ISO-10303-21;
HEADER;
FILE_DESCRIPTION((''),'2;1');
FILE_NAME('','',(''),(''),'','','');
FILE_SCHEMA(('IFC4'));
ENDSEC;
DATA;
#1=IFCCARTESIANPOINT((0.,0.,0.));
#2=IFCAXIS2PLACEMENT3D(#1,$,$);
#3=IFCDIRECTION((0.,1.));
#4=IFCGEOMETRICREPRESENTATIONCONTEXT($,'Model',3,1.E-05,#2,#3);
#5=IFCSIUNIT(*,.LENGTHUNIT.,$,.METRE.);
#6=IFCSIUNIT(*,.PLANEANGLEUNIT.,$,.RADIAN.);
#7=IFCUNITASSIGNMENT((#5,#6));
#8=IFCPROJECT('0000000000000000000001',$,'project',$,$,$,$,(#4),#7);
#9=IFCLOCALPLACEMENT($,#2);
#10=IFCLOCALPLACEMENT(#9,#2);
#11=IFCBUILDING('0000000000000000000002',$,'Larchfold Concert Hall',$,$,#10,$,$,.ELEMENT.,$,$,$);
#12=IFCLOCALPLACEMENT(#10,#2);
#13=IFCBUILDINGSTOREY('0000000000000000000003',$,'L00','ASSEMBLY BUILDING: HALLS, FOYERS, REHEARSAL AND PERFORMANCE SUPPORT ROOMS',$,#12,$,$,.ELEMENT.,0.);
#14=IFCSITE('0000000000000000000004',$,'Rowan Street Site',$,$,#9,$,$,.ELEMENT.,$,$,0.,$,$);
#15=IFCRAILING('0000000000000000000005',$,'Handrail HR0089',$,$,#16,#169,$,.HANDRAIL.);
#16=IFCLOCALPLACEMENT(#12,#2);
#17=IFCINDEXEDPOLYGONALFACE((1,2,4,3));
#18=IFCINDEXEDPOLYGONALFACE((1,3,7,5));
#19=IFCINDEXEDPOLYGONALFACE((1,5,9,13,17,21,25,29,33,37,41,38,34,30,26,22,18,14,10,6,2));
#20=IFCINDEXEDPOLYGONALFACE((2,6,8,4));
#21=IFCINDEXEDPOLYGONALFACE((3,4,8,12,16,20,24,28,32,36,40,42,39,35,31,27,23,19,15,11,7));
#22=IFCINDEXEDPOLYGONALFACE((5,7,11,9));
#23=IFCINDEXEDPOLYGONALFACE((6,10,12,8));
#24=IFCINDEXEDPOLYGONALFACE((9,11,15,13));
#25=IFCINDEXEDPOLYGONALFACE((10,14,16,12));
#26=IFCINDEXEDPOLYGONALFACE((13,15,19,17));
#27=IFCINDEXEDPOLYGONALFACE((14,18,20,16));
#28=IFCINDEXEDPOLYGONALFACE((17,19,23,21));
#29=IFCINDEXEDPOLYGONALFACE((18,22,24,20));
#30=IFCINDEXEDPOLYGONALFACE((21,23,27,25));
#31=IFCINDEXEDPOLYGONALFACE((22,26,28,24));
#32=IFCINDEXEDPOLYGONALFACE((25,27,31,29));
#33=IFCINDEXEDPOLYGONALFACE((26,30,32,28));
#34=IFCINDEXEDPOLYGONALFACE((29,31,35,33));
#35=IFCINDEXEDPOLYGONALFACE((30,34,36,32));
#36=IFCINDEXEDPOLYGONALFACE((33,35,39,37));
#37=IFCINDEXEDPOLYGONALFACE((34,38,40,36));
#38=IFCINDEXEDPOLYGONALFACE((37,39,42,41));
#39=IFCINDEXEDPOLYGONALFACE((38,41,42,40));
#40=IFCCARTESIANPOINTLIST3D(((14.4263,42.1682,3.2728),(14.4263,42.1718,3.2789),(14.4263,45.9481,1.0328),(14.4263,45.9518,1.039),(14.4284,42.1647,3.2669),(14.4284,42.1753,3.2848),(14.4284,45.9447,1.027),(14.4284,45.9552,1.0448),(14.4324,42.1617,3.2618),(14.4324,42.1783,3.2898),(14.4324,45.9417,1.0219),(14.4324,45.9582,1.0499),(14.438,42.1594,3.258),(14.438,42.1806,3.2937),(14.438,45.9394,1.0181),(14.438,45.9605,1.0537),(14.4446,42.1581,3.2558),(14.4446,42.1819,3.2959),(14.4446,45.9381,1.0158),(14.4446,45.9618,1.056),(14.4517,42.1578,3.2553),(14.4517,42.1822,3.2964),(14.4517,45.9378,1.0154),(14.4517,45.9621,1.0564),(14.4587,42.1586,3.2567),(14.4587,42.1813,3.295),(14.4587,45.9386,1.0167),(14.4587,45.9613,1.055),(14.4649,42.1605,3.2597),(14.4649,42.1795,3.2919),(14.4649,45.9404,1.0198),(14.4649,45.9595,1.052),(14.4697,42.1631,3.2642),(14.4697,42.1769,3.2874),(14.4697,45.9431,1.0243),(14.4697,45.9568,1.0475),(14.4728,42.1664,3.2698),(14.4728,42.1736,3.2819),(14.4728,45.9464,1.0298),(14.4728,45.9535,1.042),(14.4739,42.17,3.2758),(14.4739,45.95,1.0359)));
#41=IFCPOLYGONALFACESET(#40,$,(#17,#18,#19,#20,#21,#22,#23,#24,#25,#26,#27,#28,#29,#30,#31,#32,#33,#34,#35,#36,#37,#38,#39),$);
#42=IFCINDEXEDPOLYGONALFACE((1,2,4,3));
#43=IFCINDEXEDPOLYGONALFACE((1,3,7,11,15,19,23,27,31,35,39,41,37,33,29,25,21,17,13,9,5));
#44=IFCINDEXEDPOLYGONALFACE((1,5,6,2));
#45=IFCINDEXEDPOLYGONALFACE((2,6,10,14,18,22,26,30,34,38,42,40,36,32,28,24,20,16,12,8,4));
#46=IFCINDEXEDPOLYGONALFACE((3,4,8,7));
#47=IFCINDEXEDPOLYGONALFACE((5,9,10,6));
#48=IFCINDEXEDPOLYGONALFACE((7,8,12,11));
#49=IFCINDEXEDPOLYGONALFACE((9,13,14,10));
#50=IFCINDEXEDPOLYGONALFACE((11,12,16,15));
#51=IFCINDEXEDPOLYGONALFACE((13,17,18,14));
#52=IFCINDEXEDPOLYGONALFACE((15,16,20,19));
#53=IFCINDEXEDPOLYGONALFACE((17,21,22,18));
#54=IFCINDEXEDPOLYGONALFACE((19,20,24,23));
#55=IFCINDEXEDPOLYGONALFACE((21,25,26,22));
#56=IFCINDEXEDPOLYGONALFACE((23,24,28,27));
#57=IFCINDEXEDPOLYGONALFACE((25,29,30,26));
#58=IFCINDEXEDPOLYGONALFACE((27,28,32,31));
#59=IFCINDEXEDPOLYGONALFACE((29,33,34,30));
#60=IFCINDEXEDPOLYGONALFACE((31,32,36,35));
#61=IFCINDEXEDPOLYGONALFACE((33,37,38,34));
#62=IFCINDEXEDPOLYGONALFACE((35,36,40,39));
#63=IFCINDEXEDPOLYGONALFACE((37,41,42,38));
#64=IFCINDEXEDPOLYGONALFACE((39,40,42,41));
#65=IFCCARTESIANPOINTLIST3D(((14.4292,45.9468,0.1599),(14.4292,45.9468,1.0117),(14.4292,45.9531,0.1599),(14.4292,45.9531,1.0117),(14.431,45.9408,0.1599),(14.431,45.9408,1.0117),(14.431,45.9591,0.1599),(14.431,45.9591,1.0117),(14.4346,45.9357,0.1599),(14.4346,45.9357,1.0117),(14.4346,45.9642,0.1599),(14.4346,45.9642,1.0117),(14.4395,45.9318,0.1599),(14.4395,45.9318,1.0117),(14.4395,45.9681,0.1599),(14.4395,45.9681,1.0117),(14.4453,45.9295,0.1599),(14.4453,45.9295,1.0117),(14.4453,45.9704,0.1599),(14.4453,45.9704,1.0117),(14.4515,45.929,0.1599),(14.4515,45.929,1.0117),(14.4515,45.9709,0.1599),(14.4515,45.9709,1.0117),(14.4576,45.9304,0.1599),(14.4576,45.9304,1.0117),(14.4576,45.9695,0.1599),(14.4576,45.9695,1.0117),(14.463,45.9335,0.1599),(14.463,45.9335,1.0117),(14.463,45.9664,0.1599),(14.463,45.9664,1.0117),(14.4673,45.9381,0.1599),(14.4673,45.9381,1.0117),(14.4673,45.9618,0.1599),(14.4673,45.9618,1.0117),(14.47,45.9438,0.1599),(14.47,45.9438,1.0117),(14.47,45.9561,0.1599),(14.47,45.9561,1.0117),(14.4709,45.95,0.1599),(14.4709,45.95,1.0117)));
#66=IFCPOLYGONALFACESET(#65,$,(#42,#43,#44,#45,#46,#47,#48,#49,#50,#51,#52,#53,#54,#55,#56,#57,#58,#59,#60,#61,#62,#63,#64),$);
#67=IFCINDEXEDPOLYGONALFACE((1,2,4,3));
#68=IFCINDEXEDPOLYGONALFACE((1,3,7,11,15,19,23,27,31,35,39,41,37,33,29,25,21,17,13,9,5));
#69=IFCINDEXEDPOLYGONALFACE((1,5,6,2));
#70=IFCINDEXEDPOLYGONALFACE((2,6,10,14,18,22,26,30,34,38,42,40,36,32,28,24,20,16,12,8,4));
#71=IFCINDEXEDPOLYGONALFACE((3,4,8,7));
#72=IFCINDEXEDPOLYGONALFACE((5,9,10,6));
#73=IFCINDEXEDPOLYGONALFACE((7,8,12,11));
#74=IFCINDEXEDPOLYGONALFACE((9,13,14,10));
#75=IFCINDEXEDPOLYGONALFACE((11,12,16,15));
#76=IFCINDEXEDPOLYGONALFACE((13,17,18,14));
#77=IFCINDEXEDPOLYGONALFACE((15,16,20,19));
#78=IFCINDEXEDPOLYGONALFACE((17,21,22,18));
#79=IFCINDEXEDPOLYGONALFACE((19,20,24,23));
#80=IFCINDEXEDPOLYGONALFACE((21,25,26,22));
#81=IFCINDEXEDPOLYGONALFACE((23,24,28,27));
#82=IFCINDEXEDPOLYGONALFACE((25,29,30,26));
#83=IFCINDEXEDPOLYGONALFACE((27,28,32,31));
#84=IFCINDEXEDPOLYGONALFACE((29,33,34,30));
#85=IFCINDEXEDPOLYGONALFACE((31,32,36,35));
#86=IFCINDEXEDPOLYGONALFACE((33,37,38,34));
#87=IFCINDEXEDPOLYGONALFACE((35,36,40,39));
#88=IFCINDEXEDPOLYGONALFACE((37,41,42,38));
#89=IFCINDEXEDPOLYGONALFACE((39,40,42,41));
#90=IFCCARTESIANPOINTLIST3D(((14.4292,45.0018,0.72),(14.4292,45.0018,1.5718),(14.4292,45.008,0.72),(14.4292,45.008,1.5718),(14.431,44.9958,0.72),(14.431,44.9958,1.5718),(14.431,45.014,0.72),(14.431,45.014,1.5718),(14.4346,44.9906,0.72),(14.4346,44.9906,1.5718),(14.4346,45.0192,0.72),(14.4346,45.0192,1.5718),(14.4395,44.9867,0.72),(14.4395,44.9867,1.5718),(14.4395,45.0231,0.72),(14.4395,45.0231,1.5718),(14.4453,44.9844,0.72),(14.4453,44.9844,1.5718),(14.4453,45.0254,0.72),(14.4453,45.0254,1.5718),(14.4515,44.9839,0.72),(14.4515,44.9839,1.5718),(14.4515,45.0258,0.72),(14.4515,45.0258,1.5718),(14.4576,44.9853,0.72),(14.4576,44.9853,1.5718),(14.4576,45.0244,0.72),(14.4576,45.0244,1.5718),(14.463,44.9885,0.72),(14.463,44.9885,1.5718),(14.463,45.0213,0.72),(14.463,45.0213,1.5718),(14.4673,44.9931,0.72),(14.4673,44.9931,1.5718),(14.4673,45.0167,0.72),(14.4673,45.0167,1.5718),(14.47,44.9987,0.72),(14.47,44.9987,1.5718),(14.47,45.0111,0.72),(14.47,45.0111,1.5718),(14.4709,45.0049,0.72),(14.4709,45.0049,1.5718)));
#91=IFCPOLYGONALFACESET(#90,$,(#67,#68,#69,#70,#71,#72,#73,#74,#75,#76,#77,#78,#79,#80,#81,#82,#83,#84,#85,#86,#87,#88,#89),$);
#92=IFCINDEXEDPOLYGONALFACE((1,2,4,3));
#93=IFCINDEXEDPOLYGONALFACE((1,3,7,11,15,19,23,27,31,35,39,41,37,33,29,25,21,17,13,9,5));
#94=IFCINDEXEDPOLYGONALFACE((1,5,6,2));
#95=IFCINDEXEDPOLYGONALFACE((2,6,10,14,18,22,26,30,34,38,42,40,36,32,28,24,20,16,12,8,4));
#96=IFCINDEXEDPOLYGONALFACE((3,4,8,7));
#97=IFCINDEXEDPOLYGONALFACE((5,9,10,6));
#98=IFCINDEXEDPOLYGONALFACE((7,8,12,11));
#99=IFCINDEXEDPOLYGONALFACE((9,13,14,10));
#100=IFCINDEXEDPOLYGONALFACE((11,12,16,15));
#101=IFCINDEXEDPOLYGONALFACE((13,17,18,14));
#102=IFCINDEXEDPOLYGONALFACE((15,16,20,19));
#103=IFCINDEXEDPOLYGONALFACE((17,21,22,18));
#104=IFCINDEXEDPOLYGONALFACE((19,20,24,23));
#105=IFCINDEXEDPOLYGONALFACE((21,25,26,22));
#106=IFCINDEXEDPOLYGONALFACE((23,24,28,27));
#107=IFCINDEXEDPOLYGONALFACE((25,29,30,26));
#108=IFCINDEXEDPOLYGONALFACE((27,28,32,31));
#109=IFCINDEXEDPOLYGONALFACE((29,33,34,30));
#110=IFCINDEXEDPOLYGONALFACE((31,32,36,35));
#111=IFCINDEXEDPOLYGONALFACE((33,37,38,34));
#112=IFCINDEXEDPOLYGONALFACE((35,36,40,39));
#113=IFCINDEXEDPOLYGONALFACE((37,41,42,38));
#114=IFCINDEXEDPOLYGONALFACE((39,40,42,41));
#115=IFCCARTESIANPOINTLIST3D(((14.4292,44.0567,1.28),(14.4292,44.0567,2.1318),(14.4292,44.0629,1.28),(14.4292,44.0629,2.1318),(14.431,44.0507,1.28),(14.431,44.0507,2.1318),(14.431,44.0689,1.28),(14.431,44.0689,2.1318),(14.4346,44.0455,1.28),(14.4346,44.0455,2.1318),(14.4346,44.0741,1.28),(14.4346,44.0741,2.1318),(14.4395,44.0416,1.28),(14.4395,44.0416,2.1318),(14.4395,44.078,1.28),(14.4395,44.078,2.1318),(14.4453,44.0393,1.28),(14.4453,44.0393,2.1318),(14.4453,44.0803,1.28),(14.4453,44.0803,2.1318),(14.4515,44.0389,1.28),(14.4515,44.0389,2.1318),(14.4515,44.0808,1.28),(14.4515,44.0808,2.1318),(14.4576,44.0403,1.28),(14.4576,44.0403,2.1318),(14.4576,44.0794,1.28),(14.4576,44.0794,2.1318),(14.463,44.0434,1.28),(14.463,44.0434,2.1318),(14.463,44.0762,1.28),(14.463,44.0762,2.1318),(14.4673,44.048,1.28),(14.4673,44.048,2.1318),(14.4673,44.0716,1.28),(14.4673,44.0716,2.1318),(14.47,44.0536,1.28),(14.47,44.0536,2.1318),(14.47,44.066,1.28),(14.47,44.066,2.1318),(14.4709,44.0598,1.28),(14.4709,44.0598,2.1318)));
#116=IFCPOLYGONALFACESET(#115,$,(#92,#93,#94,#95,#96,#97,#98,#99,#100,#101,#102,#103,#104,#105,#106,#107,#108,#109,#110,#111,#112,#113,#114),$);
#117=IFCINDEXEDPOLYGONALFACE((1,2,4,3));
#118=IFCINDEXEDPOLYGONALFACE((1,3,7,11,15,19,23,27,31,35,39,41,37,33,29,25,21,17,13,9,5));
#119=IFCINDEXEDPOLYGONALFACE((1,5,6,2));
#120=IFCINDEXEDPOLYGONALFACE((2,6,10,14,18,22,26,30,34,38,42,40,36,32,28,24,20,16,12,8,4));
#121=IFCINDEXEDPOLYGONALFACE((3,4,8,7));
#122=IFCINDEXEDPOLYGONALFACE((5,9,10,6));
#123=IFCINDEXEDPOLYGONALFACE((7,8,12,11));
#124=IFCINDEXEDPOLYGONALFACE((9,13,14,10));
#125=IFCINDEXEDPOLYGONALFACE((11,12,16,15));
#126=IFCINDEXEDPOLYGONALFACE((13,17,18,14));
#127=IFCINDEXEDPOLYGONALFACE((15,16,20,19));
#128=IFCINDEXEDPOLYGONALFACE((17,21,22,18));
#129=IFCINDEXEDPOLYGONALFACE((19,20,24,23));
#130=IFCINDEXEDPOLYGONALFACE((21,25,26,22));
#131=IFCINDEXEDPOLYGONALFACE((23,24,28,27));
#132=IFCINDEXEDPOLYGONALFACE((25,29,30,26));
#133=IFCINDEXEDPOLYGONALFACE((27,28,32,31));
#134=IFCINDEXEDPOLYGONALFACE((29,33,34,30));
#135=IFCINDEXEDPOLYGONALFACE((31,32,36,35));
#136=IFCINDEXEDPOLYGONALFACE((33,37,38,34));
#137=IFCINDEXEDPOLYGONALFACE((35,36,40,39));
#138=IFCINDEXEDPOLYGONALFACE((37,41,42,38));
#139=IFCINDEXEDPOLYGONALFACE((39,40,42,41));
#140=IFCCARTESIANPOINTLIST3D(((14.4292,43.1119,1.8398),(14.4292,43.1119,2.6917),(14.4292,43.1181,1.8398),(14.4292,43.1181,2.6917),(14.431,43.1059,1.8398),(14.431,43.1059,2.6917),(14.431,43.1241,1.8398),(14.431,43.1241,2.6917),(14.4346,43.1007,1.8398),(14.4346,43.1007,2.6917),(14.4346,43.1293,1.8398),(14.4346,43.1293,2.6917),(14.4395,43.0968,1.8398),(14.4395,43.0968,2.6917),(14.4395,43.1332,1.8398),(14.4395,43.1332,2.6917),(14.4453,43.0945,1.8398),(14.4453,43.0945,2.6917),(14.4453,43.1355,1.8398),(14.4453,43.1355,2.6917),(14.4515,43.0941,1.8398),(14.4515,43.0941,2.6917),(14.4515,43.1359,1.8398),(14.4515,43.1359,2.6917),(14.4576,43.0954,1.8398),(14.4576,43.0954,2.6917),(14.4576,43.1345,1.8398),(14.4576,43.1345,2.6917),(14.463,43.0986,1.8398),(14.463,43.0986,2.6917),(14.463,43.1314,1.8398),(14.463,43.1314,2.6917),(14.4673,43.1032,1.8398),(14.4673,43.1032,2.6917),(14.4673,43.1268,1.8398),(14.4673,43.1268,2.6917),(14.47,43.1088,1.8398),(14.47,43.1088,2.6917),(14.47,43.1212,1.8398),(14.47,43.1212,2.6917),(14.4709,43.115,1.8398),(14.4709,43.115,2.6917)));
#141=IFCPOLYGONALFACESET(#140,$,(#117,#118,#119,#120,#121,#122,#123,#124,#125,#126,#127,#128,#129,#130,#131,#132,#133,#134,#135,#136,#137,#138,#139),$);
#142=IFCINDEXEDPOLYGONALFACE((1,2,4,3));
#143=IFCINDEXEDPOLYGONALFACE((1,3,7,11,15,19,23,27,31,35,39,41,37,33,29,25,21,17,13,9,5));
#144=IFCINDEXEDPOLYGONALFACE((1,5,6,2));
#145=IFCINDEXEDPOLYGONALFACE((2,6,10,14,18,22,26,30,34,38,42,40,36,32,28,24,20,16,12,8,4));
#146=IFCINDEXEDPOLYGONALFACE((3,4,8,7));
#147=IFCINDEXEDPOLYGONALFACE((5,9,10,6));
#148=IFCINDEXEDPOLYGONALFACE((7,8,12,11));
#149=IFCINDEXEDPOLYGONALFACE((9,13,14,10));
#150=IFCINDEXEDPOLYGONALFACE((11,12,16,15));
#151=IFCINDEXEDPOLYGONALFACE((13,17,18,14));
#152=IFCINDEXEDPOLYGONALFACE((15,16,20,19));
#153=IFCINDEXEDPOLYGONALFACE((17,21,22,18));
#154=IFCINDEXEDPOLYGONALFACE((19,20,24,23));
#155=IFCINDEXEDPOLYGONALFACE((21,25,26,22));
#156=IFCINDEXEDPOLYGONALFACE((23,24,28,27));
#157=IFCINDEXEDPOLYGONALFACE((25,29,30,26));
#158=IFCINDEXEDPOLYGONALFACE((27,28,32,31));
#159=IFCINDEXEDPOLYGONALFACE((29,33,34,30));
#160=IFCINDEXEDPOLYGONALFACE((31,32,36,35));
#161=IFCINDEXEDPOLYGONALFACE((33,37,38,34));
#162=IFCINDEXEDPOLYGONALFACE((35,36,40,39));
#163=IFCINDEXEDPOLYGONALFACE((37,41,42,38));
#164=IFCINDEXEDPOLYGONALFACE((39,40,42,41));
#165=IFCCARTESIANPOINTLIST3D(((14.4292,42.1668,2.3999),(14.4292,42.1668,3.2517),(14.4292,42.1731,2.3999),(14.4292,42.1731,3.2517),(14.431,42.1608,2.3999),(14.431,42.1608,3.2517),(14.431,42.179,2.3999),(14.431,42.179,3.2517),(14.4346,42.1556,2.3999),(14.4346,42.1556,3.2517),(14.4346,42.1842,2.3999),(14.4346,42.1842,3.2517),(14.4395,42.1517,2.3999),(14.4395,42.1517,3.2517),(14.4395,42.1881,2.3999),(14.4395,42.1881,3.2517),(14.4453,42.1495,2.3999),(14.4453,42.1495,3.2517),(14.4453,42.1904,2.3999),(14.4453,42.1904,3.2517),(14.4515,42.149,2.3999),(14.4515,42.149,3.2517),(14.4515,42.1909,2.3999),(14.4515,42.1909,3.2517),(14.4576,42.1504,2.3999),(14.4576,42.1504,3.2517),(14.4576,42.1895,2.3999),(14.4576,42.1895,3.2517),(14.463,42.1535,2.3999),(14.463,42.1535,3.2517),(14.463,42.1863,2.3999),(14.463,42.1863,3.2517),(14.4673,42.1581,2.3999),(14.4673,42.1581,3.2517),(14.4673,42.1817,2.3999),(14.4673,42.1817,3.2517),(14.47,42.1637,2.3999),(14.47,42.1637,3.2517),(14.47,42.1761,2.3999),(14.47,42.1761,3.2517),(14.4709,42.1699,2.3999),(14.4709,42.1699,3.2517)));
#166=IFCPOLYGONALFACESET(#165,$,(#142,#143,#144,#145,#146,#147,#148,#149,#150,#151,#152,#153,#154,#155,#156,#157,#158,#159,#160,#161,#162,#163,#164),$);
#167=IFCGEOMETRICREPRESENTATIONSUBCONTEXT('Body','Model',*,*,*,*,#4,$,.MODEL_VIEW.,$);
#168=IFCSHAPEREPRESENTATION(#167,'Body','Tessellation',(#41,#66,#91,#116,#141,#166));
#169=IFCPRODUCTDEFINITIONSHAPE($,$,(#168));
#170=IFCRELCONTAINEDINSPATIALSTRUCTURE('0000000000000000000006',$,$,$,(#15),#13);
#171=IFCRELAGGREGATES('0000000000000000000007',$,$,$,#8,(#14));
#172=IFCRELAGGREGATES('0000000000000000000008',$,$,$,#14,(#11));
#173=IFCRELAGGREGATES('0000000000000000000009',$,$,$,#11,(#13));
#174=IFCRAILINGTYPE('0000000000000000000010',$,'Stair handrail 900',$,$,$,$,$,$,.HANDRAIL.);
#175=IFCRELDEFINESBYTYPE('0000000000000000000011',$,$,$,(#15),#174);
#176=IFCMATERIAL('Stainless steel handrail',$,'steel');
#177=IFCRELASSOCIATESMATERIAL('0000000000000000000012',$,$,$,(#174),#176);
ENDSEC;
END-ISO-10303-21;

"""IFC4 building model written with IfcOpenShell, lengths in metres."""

from ifc_helpers import new_model, si_unit, direction, frame, origin, origin_2d, place, context, subcontext, project, spatial, circle, extrude, material, type_object, element, save


model = new_model("IFC4")

# Units and contexts
model_context = context("Model", 3, precision=1e-05, world=origin(), true_north=direction((0.0, 1.0)))
body_context = subcontext(model_context, "Body", "Model", "MODEL_VIEW")
ifc_project = project(units=[si_unit("LENGTHUNIT", "METRE"), si_unit("PLANEANGLEUNIT", "RADIAN")], contexts=[model_context])

# Site, building, storey
site_placement = place(None, origin())
site = spatial("IfcSite", under=ifc_project, at=site_placement, Name="Rowan Street Site", CompositionType="ELEMENT", RefElevation=0.0)
building_placement = place(site_placement, origin())
building = spatial("IfcBuilding", under=site, at=building_placement, Name="Larchfold Concert Hall", CompositionType="ELEMENT")
storey_placement = place(building_placement, origin())
storey = spatial("IfcBuildingStorey", under=building, at=storey_placement, Name="L00", Description="ASSEMBLY BUILDING: HALLS, FOYERS, REHEARSAL AND PERFORMANCE SUPPORT ROOMS", CompositionType="ELEMENT", Elevation=0.0)

# Railing
ifc_material_1 = material(Name="Stainless steel handrail", Category="steel")
railing_type_1 = type_object("IfcRailingType", Name="Stair handrail 900", PredefinedType="HANDRAIL", material=ifc_material_1)
for number, where, name in (
    (1, (14.45, 45.95, 0.1599), "Handrail HR0089"),
):
    element("IfcRailing", number, at=place(storey_placement, frame(where)), inside=storey, type_object=railing_type_1, Name=name, PredefinedType="HANDRAIL", context=body_context, shape_type="SweptSolid", body=[
        extrude(circle(Radius=0.0239, at=origin_2d()), frame((0.0, 0.0, 0.876), z_axis=(0.0, -0.860294, 0.509798), x_axis=(1.0, 0.0, 0.0)), (0.0, 0.0, 1.0), 4.3938),
        extrude(circle(Radius=0.021, at=origin_2d()), origin(), (0.0, 0.0, 1.0), 0.8518),
        extrude(circle(Radius=0.021, at=origin_2d()), frame((0.0, -0.9451, 0.5601)), (0.0, 0.0, 1.0), 0.8518),
        extrude(circle(Radius=0.021, at=origin_2d()), frame((0.0, -1.8901, 1.1201)), (0.0, 0.0, 1.0), 0.8518),
        extrude(circle(Radius=0.021, at=origin_2d()), frame((0.0, -2.835, 1.6799)), (0.0, 0.0, 1.0), 0.8518),
        extrude(circle(Radius=0.021, at=origin_2d()), frame((0.0, -3.78, 2.24)), (0.0, 0.0, 1.0), 0.8518),
    ])

save(model, "model.ifc")
